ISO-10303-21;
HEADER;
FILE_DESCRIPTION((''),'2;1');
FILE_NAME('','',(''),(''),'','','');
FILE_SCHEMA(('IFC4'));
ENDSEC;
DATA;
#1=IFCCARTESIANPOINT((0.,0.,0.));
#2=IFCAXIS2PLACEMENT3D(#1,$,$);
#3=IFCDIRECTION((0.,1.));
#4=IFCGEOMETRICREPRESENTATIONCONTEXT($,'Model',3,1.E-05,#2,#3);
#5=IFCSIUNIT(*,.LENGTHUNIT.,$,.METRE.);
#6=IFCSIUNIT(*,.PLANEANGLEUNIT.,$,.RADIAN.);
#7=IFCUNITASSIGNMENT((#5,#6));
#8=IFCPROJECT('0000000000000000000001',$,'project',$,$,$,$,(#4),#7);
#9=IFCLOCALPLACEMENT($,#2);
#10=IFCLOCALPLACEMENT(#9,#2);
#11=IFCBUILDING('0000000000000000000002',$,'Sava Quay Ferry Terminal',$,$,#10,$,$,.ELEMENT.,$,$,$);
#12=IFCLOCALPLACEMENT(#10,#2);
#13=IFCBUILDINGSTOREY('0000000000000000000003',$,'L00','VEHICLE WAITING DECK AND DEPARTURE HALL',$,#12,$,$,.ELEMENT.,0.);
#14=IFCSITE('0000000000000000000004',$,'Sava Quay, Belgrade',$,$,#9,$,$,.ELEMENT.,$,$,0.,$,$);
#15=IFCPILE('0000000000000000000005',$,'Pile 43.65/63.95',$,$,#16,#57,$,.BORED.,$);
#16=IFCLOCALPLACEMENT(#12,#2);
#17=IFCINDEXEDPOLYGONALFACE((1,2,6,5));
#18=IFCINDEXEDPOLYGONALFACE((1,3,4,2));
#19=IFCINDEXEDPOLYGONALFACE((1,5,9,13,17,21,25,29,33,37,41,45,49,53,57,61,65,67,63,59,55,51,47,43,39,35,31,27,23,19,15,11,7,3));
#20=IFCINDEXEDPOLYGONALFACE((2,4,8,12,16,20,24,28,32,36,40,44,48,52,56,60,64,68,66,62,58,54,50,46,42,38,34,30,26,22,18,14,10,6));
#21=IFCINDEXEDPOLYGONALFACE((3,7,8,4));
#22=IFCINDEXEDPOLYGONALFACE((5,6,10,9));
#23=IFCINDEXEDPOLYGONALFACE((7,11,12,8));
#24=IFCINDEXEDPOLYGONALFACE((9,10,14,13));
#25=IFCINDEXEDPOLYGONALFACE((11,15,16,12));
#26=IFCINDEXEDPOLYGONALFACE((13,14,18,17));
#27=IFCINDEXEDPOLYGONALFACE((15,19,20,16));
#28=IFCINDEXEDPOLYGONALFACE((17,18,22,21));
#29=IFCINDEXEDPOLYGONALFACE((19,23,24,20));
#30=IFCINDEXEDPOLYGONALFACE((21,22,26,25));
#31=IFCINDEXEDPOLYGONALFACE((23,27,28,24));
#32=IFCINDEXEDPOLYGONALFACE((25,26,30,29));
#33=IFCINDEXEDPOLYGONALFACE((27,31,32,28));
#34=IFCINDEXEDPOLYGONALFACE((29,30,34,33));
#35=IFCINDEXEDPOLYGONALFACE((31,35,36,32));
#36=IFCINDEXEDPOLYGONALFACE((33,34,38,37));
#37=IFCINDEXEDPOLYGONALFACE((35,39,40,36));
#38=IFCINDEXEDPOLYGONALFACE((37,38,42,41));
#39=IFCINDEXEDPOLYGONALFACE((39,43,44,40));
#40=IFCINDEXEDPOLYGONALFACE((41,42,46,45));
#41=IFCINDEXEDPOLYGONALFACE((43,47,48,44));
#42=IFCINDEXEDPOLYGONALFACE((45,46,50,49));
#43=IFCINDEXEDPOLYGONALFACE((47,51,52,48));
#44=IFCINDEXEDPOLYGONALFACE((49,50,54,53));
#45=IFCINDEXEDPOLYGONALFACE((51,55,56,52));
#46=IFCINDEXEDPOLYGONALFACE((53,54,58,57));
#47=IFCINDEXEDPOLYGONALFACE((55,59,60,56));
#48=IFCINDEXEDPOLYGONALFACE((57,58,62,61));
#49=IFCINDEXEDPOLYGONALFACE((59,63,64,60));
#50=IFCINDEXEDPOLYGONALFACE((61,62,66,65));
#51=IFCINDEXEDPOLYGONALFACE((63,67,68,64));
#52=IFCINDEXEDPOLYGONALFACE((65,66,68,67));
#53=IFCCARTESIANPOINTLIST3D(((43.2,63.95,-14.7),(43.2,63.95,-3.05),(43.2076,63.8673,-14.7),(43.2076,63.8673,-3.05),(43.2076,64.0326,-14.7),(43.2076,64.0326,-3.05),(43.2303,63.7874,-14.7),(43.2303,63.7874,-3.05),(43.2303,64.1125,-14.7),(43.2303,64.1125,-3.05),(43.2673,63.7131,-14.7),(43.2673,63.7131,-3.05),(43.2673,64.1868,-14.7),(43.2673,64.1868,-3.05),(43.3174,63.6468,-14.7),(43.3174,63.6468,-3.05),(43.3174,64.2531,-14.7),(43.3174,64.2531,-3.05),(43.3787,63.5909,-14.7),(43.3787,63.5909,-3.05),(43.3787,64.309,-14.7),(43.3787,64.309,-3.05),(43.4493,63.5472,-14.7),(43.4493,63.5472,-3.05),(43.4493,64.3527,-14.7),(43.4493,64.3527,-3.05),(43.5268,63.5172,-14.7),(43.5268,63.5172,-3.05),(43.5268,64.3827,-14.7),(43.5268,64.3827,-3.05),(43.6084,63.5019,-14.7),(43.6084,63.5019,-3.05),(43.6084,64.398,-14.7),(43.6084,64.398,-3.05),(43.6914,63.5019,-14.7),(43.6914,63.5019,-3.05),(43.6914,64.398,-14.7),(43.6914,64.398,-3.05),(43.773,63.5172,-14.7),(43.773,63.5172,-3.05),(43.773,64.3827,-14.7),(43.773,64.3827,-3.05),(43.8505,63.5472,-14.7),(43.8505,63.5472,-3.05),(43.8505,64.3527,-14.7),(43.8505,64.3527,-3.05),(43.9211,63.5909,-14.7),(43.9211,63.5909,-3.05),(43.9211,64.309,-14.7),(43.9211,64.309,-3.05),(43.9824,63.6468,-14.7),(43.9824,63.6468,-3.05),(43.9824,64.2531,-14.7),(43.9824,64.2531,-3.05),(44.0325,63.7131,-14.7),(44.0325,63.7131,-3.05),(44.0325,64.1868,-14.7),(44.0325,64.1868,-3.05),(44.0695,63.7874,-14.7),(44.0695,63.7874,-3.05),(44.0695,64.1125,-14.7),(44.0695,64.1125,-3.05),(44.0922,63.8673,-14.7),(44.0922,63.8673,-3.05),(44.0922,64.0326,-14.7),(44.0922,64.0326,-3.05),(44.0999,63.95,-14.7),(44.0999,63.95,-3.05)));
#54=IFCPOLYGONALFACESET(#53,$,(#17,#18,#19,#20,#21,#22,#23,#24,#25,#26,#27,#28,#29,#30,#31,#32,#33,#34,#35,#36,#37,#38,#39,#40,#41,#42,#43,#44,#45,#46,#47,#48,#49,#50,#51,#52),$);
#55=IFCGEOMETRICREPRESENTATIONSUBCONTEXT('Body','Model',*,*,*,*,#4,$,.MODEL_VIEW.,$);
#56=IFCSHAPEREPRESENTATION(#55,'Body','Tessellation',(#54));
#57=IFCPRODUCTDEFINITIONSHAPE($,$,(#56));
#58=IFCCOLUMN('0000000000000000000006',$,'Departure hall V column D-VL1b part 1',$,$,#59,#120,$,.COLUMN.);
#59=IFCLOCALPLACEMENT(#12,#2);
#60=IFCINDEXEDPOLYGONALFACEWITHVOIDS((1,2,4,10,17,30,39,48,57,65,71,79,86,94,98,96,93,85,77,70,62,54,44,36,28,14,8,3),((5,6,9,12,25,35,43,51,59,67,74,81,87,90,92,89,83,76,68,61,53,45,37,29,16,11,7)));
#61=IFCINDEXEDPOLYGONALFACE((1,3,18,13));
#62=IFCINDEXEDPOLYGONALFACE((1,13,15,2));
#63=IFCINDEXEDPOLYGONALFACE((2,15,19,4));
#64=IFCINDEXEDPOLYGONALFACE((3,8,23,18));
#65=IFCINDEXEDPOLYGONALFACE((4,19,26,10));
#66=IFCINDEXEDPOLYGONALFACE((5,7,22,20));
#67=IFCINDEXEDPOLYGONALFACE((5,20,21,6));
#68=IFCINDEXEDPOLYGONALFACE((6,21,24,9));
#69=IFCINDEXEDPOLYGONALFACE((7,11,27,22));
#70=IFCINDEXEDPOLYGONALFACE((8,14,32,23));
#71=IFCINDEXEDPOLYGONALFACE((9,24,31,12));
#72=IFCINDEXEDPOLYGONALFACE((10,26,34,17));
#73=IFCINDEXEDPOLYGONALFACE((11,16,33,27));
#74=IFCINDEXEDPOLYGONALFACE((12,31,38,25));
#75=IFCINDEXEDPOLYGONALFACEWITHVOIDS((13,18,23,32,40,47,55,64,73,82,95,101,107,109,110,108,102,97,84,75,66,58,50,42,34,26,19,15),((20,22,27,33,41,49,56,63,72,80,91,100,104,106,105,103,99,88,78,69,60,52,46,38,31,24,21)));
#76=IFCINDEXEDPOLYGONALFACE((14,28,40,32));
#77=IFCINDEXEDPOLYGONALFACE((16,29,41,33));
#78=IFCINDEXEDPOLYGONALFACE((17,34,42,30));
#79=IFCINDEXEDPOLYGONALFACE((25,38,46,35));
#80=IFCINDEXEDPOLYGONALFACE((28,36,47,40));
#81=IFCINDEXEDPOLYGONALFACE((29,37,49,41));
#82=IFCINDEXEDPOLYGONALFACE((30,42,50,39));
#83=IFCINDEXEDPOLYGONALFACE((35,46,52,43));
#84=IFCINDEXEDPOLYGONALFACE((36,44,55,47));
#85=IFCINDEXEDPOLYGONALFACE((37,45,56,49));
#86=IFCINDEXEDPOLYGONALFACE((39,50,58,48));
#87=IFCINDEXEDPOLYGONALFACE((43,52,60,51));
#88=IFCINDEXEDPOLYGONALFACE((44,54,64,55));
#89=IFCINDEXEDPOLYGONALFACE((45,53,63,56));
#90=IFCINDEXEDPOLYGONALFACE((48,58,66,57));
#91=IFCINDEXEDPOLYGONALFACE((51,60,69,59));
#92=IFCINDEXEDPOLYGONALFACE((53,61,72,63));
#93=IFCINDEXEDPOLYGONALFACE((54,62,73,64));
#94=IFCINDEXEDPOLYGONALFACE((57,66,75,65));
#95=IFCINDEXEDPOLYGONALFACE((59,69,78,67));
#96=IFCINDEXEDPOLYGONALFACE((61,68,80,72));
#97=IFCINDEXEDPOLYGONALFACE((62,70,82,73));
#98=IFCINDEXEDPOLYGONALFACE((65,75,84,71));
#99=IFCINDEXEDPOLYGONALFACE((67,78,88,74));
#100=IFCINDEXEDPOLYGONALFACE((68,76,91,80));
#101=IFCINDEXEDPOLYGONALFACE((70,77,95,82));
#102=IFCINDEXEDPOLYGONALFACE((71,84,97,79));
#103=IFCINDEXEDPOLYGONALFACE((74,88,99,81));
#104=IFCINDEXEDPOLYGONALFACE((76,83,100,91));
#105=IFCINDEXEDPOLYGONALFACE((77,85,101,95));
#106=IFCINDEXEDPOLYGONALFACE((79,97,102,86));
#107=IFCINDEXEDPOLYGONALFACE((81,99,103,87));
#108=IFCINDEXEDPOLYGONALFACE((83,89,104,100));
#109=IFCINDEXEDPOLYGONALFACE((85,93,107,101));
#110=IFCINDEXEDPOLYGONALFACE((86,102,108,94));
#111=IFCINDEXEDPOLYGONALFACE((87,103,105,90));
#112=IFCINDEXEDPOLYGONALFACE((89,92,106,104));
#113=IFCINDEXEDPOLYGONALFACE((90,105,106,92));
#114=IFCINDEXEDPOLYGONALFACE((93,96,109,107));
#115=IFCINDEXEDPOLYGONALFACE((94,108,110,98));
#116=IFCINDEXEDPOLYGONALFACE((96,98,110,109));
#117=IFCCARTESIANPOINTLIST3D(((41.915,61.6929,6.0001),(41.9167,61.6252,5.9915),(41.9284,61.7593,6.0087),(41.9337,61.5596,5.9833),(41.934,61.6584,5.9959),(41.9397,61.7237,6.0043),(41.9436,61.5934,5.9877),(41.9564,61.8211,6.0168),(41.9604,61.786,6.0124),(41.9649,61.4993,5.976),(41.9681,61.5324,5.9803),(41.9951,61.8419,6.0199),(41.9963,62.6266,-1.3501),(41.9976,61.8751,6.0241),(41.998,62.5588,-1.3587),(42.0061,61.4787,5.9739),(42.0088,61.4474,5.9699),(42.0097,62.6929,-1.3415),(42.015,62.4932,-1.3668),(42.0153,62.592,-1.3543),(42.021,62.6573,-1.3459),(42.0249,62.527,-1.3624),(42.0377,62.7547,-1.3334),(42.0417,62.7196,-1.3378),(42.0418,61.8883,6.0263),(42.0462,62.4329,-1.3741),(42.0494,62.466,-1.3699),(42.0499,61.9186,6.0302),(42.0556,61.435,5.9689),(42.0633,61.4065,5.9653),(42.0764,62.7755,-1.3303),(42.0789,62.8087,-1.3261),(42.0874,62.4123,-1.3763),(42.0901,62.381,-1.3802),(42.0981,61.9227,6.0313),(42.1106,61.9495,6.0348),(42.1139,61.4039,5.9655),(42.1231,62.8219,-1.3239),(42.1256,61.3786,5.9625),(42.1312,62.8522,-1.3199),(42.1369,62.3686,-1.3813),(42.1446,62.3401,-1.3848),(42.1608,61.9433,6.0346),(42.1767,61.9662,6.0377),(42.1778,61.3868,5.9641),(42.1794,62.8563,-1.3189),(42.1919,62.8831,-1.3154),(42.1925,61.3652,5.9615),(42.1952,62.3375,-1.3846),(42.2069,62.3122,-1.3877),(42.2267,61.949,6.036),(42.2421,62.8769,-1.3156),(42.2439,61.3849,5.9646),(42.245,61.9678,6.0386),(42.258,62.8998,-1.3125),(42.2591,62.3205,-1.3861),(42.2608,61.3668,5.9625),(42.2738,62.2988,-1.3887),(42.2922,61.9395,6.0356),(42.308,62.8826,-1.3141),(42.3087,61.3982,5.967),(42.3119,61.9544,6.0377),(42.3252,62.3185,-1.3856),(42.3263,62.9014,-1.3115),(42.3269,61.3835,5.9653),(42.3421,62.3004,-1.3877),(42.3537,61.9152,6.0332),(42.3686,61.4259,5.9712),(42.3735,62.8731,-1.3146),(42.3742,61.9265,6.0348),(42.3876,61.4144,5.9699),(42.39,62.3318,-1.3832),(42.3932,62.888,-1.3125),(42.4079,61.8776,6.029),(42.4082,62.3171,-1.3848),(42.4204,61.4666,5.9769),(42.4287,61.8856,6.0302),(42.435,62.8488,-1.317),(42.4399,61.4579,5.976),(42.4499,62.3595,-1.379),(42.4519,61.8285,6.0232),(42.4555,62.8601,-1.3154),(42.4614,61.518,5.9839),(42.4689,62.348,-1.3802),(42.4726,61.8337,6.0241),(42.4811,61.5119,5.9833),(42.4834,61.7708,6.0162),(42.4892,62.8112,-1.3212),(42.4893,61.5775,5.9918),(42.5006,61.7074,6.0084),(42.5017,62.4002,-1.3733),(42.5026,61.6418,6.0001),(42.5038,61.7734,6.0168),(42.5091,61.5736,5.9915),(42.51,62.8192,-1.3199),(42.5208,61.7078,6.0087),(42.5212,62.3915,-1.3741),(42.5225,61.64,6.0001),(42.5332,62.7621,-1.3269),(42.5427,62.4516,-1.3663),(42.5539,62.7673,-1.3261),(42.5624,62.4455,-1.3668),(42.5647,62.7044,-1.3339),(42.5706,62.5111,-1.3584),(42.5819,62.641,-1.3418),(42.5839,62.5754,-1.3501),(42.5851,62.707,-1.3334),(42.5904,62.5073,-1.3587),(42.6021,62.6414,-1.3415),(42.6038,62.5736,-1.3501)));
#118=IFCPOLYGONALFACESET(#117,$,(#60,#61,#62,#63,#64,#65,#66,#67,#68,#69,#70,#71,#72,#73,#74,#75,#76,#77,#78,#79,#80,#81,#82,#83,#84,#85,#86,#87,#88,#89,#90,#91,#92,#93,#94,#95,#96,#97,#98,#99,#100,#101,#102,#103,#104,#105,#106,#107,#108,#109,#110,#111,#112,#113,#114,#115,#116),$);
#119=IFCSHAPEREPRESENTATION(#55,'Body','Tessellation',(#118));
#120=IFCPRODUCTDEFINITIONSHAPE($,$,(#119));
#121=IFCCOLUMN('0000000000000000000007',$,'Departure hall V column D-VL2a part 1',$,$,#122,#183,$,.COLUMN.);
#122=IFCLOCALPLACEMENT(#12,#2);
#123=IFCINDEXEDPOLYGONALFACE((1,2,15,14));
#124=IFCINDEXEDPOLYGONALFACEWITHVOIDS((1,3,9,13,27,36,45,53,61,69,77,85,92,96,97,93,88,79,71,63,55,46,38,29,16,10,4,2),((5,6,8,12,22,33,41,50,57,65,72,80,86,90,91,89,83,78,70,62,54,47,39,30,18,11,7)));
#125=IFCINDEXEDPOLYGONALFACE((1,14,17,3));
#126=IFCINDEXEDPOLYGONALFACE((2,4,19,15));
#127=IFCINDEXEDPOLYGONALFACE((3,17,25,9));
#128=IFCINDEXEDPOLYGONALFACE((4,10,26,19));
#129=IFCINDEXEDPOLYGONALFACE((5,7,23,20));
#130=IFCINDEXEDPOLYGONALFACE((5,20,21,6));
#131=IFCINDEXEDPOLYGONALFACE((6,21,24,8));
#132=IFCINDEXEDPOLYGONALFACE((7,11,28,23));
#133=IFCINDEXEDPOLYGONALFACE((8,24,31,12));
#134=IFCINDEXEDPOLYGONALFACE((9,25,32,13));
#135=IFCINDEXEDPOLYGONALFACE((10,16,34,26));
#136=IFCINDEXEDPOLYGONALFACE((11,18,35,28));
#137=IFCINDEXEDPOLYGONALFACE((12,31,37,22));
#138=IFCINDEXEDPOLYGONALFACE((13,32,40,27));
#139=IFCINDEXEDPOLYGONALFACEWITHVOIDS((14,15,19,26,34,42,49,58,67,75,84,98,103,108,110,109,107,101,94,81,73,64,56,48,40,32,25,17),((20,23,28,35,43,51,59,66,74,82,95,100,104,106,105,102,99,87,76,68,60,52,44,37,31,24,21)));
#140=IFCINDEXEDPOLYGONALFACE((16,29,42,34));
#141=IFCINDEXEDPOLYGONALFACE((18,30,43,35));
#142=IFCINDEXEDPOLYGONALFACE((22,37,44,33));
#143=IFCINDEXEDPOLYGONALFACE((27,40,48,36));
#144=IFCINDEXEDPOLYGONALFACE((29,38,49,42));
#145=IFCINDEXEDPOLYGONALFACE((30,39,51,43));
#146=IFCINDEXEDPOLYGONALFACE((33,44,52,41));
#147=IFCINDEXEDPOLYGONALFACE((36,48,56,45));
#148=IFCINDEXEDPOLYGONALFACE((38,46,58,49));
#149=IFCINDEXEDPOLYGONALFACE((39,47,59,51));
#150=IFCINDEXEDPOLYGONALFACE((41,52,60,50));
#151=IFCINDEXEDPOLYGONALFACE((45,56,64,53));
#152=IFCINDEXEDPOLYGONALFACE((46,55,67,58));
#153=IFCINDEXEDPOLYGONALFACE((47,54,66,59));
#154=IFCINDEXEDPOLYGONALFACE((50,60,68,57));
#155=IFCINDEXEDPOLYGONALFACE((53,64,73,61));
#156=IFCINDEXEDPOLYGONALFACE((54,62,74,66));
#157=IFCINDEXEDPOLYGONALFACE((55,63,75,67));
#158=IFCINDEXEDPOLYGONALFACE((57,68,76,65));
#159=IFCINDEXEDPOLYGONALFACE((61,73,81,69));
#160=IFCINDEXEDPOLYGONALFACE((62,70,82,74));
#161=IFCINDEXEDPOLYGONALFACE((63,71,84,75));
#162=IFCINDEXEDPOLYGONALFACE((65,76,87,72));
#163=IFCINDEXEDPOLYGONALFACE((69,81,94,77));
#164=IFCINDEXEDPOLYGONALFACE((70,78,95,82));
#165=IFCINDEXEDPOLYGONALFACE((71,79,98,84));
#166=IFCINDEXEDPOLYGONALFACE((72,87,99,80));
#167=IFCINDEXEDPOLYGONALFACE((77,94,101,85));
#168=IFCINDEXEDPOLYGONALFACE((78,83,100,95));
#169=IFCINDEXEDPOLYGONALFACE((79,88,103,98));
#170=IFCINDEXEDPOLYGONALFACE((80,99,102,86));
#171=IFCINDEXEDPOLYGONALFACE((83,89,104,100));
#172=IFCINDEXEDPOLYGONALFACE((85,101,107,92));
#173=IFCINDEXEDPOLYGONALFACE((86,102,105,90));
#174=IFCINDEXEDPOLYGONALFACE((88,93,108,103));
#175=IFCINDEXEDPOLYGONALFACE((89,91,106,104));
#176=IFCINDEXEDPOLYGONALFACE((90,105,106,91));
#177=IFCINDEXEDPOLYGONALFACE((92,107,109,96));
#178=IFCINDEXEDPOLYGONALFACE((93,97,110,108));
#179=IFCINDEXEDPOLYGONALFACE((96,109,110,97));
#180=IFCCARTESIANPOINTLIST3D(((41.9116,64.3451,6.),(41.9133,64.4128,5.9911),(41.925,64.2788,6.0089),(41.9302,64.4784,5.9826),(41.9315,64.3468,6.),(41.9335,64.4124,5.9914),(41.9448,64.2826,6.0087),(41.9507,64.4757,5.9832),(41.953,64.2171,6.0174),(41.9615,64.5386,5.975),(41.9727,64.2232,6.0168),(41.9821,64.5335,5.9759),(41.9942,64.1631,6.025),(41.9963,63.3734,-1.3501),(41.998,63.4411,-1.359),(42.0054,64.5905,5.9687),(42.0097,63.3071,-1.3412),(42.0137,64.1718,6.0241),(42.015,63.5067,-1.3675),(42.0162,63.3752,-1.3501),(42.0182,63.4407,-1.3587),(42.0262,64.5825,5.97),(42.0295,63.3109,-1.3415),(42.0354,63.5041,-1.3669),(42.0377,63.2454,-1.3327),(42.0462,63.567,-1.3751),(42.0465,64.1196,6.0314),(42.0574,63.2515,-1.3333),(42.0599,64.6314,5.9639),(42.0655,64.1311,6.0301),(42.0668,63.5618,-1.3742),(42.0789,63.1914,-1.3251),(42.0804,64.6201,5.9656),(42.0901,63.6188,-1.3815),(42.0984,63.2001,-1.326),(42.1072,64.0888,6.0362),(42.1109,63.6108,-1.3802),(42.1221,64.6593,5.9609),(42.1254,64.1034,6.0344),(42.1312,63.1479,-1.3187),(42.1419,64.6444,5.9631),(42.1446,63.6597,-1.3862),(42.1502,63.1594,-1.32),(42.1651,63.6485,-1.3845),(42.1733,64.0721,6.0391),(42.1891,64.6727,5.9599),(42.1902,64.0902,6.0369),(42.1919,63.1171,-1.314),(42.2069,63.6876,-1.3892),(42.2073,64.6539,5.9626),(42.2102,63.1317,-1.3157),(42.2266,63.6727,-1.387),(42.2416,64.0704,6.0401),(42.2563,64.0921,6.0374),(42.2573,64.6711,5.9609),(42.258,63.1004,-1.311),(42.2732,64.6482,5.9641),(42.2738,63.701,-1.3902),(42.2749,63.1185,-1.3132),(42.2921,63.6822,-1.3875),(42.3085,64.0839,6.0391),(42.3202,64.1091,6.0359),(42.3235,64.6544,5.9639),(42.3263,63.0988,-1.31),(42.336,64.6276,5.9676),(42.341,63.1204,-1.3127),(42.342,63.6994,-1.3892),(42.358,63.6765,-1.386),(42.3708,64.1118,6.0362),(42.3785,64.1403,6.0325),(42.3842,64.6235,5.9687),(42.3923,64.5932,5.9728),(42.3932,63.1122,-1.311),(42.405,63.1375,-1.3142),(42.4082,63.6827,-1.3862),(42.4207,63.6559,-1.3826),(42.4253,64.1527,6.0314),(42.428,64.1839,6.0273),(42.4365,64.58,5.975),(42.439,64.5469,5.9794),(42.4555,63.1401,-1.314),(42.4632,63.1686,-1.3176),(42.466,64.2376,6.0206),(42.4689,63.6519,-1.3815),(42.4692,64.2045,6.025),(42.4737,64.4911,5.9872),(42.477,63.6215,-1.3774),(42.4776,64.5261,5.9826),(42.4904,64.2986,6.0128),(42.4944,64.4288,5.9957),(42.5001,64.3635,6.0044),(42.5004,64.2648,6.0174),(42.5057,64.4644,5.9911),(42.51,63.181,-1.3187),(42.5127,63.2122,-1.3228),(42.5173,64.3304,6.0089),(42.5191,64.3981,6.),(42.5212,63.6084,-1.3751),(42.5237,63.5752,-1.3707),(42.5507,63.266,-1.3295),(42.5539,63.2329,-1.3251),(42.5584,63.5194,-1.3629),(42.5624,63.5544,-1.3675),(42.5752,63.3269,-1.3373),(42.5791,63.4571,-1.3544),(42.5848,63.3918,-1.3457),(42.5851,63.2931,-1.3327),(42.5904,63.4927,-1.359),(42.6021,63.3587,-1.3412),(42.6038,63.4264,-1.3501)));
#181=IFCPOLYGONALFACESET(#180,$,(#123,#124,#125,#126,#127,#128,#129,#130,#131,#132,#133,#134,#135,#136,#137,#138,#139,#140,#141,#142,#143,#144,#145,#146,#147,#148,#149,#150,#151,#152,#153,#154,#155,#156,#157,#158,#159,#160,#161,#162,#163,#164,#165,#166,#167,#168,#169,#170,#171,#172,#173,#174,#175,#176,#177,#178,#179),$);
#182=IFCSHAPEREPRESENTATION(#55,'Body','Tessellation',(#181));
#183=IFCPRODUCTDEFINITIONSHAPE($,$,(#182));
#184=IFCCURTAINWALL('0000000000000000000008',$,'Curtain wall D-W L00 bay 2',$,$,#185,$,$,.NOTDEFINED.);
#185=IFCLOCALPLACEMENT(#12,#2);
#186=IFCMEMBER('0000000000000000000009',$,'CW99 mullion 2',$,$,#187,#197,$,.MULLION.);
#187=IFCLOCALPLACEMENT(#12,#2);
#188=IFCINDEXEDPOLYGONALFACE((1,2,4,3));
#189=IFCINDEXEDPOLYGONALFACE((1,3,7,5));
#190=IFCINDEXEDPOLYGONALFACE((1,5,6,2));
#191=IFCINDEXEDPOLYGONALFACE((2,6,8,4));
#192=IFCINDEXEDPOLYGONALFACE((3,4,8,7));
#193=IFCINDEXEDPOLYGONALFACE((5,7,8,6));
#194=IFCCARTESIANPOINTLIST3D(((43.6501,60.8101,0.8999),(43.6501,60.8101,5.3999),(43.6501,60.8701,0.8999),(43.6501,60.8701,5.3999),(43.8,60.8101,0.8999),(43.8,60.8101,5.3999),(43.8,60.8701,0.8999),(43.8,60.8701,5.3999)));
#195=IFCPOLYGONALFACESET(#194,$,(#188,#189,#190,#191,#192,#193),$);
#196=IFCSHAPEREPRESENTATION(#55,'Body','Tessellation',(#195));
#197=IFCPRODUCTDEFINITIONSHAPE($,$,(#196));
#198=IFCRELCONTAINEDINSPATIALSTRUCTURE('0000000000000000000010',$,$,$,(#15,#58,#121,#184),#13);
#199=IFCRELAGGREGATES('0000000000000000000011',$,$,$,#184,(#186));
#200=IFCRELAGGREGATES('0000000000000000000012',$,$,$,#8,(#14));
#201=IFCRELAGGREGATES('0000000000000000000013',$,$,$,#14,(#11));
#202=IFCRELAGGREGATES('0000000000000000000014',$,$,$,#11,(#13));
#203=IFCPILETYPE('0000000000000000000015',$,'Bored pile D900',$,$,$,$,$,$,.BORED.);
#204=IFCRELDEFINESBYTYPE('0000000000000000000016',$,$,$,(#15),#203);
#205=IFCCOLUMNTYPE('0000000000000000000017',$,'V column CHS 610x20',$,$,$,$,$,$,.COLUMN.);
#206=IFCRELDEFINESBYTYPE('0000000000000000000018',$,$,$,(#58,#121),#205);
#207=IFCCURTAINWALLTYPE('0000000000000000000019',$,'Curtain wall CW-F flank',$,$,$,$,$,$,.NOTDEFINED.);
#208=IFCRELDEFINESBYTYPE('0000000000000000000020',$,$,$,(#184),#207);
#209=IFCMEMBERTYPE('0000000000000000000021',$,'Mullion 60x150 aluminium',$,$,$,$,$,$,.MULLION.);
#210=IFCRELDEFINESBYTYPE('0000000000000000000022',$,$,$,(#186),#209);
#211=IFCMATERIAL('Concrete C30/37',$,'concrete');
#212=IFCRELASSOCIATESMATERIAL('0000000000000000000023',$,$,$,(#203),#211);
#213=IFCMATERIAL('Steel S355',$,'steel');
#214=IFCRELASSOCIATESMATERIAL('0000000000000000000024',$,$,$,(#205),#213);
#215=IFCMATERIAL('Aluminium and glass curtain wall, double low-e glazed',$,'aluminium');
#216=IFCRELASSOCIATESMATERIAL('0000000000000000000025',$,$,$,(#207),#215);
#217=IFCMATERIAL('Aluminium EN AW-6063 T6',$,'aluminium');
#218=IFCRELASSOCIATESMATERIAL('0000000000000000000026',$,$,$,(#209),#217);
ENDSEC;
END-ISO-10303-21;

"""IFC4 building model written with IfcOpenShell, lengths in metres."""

from ifc_helpers import new_model, si_unit, direction, frame, origin, origin_2d, place, context, subcontext, project, spatial, rectangle, circle, hollow_circle, extrude, material, material_profile, profile_set, type_object, element, aggregate, save


model = new_model("IFC4")

# Units and contexts
model_context = context("Model", 3, precision=1e-05, world=origin(), true_north=direction((0.0, 1.0)))
body_context = subcontext(model_context, "Body", "Model", "MODEL_VIEW")
ifc_project = project(units=[si_unit("LENGTHUNIT", "METRE"), si_unit("PLANEANGLEUNIT", "RADIAN")], contexts=[model_context])

# Site, building, storey
site_placement = place(None, origin())
site = spatial("IfcSite", under=ifc_project, at=site_placement, Name="Sava Quay, Belgrade", CompositionType="ELEMENT", RefElevation=0.0)
building_placement = place(site_placement, origin())
building = spatial("IfcBuilding", under=site, at=building_placement, Name="Sava Quay Ferry Terminal", CompositionType="ELEMENT")
storey_placement = place(building_placement, origin())
storey = spatial("IfcBuildingStorey", under=building, at=storey_placement, Name="L00", Description="VEHICLE WAITING DECK AND DEPARTURE HALL", CompositionType="ELEMENT", Elevation=0.0)

# Pile
ifc_material_1 = material(Name="Concrete C30/37", Category="concrete")
ifc_material_profile_1 = material_profile(ifc_material_1, circle(Radius=0.45, at=origin_2d()), Name="Bored pile D900")
ifc_profile_set_1 = profile_set([ifc_material_profile_1], Name="Concrete C30/37")
pile_type = type_object("IfcPileType", Name="Bored pile D900", PredefinedType="BORED", material=ifc_profile_set_1)
pile_placement = place(storey_placement, frame((43.6499, 63.95, -3.05), z_axis=(0.0, 0.0, -1.0), x_axis=(1.0, 0.0, 0.0)))
element("IfcPile", 1, at=pile_placement, inside=storey, type_object=pile_type, Name="Pile 43.65/63.95", PredefinedType="BORED", context=body_context, shape_type="SweptSolid", body=[
    extrude(circle(Radius=0.45, at=origin_2d()), origin(), (0.0, 0.0, 1.0), 11.6499),
])

# Columns
ifc_material_2 = material(Name="Steel S355", Category="steel")
ifc_material_profile_2 = material_profile(ifc_material_2, hollow_circle(Radius=0.3049, WallThickness=0.02, at=origin_2d()), Name="CHS 610 x 20.0")
ifc_profile_set_2 = profile_set([ifc_material_profile_2], Name="Steel S355")
column_type = type_object("IfcColumnType", Name="V column CHS 610x20", PredefinedType="COLUMN", material=ifc_profile_set_2)
column_1_placement = place(storey_placement, frame((42.3, 62.6001, -1.3501), z_axis=(-0.010972, -0.125998, 0.99197), x_axis=(0.99623, -0.086753, 0.0)))
element("IfcColumn", 2, at=column_1_placement, inside=storey, type_object=column_type, Name="Departure hall V column D-VL1b part 1", PredefinedType="COLUMN", context=body_context, shape_type="SweptSolid", body=[
    extrude(hollow_circle(Radius=0.3049, WallThickness=0.02, at=origin_2d()), origin(), (0.0, 0.0, 1.0), 7.4097),
])
column_2_placement = place(storey_placement, frame((42.3, 63.3999, -1.3501), z_axis=(-0.011426, 0.131051, 0.99131), x_axis=(-0.996221, -0.086856, 0.0)))
element("IfcColumn", 3, at=column_2_placement, inside=storey, type_object=column_type, Name="Departure hall V column D-VL2a part 1", PredefinedType="COLUMN", context=body_context, shape_type="SweptSolid", body=[
    extrude(hollow_circle(Radius=0.3049, WallThickness=0.02, at=origin_2d()), origin(), (0.0, 0.0, 1.0), 7.4146),
])

# Curtain wall, member
ifc_material_3 = material(Name="Aluminium and glass curtain wall, double low-e glazed", Category="aluminium")
curtain_wall_type = type_object("IfcCurtainWallType", Name="Curtain wall CW-F flank", PredefinedType="NOTDEFINED", material=ifc_material_3)
curtain_wall_placement = place(storey_placement, origin())
curtain_wall = element("IfcCurtainWall", 4, at=curtain_wall_placement, inside=storey, type_object=curtain_wall_type, Name="Curtain wall D-W L00 bay 2", PredefinedType="NOTDEFINED")
ifc_material_4 = material(Name="Aluminium EN AW-6063 T6", Category="aluminium")
ifc_material_profile_3 = material_profile(ifc_material_4, rectangle(XDim=0.1499, YDim=0.0601, at=origin_2d()), Name="Mullion 60x150 aluminium")
ifc_profile_set_3 = profile_set([ifc_material_profile_3], Name="Aluminium EN AW-6063 T6")
member_type_1 = type_object("IfcMemberType", Name="Mullion 60x150 aluminium", PredefinedType="MULLION", material=ifc_profile_set_3)
member_1_placement = place(storey_placement, frame((43.7251, 60.8401, 0.8999), z_axis=(0.0, 0.0, 1.0), x_axis=(-1.0, 0.0, 0.0)))
member_1 = element("IfcMember", 5, at=member_1_placement, type_object=member_type_1, Name="CW99 mullion 2", PredefinedType="MULLION", context=body_context, shape_type="SweptSolid", body=[
    extrude(rectangle(XDim=0.1499, YDim=0.0601, at=origin_2d()), origin(), (0.0, 0.0, 1.0), 4.5),
])

aggregate(curtain_wall, [member_1])

save(model, "model.ifc")
